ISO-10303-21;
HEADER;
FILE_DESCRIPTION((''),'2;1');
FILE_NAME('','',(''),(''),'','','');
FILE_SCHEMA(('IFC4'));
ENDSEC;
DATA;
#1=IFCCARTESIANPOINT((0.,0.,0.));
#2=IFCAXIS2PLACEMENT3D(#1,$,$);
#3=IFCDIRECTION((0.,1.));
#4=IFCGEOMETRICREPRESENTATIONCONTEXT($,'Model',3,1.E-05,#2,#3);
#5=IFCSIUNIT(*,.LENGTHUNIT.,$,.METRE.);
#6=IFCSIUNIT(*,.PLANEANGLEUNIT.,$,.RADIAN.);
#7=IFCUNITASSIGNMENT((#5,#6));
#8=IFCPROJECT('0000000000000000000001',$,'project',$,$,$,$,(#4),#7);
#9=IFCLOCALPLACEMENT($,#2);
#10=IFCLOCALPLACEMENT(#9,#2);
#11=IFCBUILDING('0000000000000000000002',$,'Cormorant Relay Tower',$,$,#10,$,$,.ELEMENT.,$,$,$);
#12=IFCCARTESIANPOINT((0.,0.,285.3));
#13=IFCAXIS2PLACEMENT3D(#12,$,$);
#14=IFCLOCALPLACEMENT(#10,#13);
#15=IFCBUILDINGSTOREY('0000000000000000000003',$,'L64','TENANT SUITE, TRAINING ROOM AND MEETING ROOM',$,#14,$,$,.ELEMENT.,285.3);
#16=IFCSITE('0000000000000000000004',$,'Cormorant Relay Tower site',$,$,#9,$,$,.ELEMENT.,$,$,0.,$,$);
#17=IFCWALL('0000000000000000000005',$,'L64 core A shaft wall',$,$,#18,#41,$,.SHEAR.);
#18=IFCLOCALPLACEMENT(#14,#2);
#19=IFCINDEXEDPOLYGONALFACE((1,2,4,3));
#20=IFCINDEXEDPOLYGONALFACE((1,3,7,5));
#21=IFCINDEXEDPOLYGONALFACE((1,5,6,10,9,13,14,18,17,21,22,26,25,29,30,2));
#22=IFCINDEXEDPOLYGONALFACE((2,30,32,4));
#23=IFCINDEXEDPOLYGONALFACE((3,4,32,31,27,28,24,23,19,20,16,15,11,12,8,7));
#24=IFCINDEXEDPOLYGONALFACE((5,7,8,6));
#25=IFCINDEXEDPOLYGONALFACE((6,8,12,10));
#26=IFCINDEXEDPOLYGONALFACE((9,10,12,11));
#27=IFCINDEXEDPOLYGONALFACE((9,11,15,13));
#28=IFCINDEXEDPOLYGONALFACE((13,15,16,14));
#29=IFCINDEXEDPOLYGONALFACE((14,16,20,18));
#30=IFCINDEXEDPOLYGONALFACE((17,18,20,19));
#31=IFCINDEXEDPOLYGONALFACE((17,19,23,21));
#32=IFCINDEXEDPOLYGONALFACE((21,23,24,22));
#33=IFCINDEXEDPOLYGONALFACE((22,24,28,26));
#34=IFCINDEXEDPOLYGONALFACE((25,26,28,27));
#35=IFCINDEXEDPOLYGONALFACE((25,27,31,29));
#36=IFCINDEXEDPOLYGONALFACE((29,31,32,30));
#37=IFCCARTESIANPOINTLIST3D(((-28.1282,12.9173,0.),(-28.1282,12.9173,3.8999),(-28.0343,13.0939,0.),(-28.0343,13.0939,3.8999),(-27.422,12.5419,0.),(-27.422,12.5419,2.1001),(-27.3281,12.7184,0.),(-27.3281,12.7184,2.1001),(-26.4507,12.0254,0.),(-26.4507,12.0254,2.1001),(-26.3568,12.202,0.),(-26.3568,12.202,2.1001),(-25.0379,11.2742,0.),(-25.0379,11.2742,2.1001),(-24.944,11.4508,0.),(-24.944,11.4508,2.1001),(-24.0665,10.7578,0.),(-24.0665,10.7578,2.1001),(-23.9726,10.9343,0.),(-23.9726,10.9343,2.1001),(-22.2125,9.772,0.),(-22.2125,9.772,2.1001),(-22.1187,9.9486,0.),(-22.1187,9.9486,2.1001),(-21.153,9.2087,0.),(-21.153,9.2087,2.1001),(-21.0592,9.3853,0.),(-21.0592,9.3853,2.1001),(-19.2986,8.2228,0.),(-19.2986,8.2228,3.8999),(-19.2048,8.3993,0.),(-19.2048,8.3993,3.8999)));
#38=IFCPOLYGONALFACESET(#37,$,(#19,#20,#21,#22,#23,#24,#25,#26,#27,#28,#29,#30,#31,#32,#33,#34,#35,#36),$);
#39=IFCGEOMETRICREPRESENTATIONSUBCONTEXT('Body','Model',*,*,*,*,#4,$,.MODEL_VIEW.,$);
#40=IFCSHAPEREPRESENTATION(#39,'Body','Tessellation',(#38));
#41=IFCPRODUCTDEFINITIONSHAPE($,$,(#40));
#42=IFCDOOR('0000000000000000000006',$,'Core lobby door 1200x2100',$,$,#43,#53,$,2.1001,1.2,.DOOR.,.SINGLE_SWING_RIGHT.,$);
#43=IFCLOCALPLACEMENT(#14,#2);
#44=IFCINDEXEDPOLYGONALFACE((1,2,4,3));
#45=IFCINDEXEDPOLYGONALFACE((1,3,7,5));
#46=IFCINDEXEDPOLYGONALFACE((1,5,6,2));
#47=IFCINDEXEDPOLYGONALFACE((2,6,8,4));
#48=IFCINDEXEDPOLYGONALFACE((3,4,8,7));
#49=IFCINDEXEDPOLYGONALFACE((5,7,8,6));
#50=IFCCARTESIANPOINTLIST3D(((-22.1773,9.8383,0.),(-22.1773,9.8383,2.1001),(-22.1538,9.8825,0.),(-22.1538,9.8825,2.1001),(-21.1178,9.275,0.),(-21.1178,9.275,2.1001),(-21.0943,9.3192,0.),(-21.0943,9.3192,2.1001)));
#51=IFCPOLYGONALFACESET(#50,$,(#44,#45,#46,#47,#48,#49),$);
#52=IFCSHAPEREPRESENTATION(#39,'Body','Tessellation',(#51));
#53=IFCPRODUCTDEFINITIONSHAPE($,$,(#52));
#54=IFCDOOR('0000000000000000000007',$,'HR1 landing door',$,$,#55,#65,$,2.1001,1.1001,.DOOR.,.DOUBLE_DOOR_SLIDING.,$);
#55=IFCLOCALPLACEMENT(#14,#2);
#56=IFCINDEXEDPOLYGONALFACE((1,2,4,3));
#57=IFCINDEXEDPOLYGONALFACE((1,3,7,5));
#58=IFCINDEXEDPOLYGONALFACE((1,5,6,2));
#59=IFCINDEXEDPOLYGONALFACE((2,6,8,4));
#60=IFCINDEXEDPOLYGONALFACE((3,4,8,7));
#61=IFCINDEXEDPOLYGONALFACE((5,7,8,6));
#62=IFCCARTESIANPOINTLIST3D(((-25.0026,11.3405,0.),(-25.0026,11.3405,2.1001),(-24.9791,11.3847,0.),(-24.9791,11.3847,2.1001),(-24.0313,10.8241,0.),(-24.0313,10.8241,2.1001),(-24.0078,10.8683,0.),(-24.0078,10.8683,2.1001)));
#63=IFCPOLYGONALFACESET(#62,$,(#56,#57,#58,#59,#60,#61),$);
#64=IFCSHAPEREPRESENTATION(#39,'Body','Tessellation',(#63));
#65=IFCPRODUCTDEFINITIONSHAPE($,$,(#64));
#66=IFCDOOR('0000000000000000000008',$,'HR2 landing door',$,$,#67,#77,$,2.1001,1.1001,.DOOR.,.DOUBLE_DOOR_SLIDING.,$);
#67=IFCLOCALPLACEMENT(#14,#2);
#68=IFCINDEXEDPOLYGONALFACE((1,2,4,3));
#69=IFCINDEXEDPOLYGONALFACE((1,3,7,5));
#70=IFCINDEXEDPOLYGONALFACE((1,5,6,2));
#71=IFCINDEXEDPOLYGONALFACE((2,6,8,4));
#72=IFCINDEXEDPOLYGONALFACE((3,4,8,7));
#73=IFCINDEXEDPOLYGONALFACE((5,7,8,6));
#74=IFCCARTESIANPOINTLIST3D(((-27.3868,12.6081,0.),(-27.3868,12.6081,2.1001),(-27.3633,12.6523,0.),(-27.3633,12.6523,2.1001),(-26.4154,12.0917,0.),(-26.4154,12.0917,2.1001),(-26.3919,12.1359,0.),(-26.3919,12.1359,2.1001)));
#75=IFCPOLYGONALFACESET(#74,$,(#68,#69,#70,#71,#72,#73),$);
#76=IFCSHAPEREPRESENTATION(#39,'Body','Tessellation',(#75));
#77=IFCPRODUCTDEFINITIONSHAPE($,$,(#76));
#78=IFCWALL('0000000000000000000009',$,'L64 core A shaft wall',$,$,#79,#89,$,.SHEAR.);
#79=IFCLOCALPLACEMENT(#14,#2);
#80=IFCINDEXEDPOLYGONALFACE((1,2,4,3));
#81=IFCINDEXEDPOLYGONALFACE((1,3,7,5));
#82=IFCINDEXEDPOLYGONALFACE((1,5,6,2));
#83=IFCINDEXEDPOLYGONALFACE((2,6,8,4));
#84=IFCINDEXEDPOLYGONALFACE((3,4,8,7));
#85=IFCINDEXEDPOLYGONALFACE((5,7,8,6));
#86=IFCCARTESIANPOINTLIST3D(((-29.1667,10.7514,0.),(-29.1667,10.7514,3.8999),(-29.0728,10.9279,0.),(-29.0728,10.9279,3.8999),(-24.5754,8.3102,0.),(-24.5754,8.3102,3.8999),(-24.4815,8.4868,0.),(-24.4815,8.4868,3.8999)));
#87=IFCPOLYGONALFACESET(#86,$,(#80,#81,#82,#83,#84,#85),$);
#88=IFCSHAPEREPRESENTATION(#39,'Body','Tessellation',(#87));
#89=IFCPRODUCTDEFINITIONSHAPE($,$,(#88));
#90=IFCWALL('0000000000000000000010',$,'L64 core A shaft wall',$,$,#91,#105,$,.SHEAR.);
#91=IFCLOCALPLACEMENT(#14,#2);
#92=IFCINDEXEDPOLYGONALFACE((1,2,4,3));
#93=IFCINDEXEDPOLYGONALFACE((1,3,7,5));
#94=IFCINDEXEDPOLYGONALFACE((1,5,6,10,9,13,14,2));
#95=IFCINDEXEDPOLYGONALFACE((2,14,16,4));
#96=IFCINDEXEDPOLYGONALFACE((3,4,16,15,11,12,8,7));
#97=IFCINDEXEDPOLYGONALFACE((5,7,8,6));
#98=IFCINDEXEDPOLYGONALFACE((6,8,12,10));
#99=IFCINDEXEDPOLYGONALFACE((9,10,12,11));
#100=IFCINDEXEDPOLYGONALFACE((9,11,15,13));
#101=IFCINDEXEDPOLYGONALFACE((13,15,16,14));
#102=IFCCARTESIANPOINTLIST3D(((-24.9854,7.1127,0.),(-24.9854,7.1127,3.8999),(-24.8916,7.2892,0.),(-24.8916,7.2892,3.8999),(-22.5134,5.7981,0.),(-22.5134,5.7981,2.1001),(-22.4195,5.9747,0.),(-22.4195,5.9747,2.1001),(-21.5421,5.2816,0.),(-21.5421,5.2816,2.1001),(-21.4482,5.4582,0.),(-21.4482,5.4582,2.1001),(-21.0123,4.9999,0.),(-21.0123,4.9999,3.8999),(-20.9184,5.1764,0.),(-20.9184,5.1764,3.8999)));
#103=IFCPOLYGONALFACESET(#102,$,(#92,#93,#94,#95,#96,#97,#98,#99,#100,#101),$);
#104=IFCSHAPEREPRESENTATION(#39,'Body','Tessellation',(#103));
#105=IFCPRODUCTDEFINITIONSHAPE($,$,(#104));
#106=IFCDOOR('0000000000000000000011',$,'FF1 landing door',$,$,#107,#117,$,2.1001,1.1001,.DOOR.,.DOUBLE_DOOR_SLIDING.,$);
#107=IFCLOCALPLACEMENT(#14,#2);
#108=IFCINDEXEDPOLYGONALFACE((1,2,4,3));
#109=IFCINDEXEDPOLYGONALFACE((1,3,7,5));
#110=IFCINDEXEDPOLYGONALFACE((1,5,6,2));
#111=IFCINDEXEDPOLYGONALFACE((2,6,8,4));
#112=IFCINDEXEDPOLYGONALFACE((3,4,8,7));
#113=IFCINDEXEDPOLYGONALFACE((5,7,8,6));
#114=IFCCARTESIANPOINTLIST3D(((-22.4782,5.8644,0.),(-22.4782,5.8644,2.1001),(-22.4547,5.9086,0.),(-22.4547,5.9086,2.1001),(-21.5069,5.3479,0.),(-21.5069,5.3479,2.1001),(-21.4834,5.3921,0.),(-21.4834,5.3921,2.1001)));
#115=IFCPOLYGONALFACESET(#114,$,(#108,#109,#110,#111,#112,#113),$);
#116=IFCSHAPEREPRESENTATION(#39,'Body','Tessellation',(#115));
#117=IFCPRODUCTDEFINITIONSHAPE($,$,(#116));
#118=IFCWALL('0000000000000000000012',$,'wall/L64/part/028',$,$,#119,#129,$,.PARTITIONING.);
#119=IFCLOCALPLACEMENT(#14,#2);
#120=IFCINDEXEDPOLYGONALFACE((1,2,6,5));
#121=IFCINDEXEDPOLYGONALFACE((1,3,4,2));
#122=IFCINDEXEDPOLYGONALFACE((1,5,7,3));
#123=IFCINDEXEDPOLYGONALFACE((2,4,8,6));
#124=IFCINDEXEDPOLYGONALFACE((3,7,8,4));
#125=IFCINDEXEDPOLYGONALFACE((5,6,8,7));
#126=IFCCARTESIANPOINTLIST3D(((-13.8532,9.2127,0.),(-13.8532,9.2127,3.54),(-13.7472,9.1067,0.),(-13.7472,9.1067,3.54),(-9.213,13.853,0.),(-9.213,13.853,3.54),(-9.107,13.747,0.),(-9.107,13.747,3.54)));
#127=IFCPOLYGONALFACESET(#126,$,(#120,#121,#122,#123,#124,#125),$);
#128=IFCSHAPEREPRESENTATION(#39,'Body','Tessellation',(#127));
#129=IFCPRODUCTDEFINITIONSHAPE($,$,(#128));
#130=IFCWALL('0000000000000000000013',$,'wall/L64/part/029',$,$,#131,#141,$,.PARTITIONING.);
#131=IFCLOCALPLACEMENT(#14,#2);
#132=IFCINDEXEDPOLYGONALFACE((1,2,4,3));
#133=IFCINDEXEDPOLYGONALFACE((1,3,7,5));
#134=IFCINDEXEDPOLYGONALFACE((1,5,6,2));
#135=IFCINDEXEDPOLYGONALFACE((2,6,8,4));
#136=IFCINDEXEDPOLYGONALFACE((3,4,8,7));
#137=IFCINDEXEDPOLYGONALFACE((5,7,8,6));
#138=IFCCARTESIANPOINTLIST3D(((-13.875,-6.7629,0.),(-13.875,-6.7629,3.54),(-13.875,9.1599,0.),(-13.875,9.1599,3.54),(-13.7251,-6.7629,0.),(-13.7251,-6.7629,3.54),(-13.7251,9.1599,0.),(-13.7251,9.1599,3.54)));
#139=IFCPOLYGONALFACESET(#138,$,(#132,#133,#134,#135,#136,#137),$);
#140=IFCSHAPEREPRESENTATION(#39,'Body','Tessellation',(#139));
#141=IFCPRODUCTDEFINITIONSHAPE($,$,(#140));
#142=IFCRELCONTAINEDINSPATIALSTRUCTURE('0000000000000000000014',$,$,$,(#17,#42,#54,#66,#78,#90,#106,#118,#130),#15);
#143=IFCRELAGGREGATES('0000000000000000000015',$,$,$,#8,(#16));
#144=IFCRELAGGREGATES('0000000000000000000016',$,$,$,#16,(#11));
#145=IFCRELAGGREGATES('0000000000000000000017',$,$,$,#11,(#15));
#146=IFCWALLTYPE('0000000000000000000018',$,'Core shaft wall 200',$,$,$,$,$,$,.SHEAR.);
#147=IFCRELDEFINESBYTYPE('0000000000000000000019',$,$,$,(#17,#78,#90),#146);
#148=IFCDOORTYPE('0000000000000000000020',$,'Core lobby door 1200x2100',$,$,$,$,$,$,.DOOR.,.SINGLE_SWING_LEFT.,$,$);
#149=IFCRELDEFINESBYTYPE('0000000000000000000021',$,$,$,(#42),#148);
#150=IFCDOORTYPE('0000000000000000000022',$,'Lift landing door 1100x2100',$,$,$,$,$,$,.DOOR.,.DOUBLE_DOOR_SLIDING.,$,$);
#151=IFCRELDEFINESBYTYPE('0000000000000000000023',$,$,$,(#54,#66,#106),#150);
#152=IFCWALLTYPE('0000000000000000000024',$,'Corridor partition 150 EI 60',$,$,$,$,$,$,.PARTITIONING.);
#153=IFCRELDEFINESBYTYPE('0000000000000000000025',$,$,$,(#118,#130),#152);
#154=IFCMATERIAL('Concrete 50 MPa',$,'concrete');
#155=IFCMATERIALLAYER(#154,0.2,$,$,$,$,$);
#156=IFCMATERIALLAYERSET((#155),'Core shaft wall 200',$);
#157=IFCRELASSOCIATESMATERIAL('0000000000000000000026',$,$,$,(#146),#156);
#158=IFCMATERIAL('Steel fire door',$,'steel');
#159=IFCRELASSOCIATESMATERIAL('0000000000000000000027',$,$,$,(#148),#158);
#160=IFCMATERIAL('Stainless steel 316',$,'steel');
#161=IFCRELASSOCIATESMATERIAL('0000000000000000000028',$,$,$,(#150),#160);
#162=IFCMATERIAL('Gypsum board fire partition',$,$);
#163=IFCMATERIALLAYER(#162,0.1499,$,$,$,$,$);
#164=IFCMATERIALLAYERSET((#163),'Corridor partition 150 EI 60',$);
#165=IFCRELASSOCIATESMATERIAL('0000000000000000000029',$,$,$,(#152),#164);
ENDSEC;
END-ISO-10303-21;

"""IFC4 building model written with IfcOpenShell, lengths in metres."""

from ifc_helpers import new_model, si_unit, direction, frame, frame_2d, origin, place, context, subcontext, project, spatial, rectangle, extrude, material, layer, layer_set, type_object, element, fill, save


model = new_model("IFC4")

# Units and contexts
model_context = context("Model", 3, precision=1e-05, world=origin(), true_north=direction((0.0, 1.0)))
body_context = subcontext(model_context, "Body", "Model", "MODEL_VIEW")
ifc_project = project(units=[si_unit("LENGTHUNIT", "METRE"), si_unit("PLANEANGLEUNIT", "RADIAN")], contexts=[model_context])

# Site, building, storey
site_placement = place(None, origin())
site = spatial("IfcSite", under=ifc_project, at=site_placement, Name="Cormorant Relay Tower site", CompositionType="ELEMENT", RefElevation=0.0)
building_placement = place(site_placement, origin())
building = spatial("IfcBuilding", under=site, at=building_placement, Name="Cormorant Relay Tower", CompositionType="ELEMENT")
storey_placement = place(building_placement, frame((0.0, 0.0, 285.3)))
storey = spatial("IfcBuildingStorey", under=building, at=storey_placement, Name="L64", Description="TENANT SUITE, TRAINING ROOM AND MEETING ROOM", CompositionType="ELEMENT", Elevation=285.3)

# Shared definitions
ifc_material_1 = material(Name="Concrete 50 MPa", Category="concrete")
ifc_layer_1 = layer(ifc_material_1, 0.2)
ifc_layer_set_1 = layer_set([ifc_layer_1], Name="Core shaft wall 200")
wall_type_1 = type_object("IfcWallType", Name="Core shaft wall 200", PredefinedType="SHEAR", material=ifc_layer_set_1)

# Wall, openings, doors
wall_1_placement = place(storey_placement, frame((-19.2517, 8.311, 0.0), z_axis=(0.0, 0.0, 1.0), x_axis=(-0.882956, 0.469456, 0.0)))
wall_1 = element("IfcWall", 1, at=wall_1_placement, inside=storey, type_object=wall_type_1, Name="L64 core A shaft wall", PredefinedType="SHEAR", context=body_context, shape_type="SweptSolid", body=[
    extrude(rectangle(XDim=10.0, YDim=0.2, at=frame_2d((5.0, 0.0))), origin(), (0.0, 0.0, 1.0), 3.8999),
])
opening_1_placement = place(wall_1_placement, frame((2.1001, 0.0, 0.0)))
opening_1 = element("IfcOpeningElement", 2, at=opening_1_placement, cuts=wall_1, PredefinedType="OPENING", context=body_context, shape_type="SweptSolid", body=[
    extrude(rectangle(XDim=1.2, YDim=2.1001, at=frame_2d((0.6001, 1.05))), frame((0.0, 0.1099, 0.0), z_axis=(0.0, -1.0, 0.0), x_axis=(1.0, 0.0, 0.0)), (0.0, 0.0, 1.0), 0.22),
])
opening_2_placement = place(wall_1_placement, frame((5.3999, 0.0, 0.0)))
opening_2 = element("IfcOpeningElement", 3, at=opening_2_placement, cuts=wall_1, PredefinedType="OPENING", context=body_context, shape_type="SweptSolid", body=[
    extrude(rectangle(XDim=1.1001, YDim=2.1001, at=frame_2d((0.55, 1.05))), frame((0.0, 0.1099, 0.0), z_axis=(0.0, -1.0, 0.0), x_axis=(1.0, 0.0, 0.0)), (0.0, 0.0, 1.0), 0.22),
])
opening_3_placement = place(wall_1_placement, frame((8.1001, 0.0, 0.0)))
opening_3 = element("IfcOpeningElement", 4, at=opening_3_placement, cuts=wall_1, PredefinedType="OPENING", context=body_context, shape_type="SweptSolid", body=[
    extrude(rectangle(XDim=1.1001, YDim=2.1001, at=frame_2d((0.55, 1.05))), frame((0.0, 0.1099, 0.0), z_axis=(0.0, -1.0, 0.0), x_axis=(1.0, 0.0, 0.0)), (0.0, 0.0, 1.0), 0.22),
])
ifc_material_2 = material(Name="Steel fire door", Category="steel")
door_type_1 = type_object("IfcDoorType", Name="Core lobby door 1200x2100", OperationType="SINGLE_SWING_LEFT", PredefinedType="DOOR", material=ifc_material_2)
door_1_placement = place(opening_1_placement, origin())
door_1 = element("IfcDoor", 5, at=door_1_placement, inside=storey, type_object=door_type_1, Name="Core lobby door 1200x2100", OperationType="SINGLE_SWING_RIGHT", OverallHeight=2.1001, OverallWidth=1.2, PredefinedType="DOOR", context=body_context, shape_type="SweptSolid", body=[
    extrude(rectangle(XDim=1.2, YDim=2.1001, at=frame_2d((0.6001, 1.05))), frame((0.0, 0.0249, 0.0), z_axis=(0.0, -1.0, 0.0), x_axis=(1.0, 0.0, 0.0)), (0.0, 0.0, 1.0), 0.05),
])
fill(opening_1, door_1)
ifc_material_3 = material(Name="Stainless steel 316", Category="steel")
door_type_2 = type_object("IfcDoorType", Name="Lift landing door 1100x2100", OperationType="DOUBLE_DOOR_SLIDING", PredefinedType="DOOR", material=ifc_material_3)
door_2_placement = place(opening_2_placement, origin())
door_2 = element("IfcDoor", 6, at=door_2_placement, inside=storey, type_object=door_type_2, Name="HR1 landing door", OperationType="DOUBLE_DOOR_SLIDING", OverallHeight=2.1001, OverallWidth=1.1001, PredefinedType="DOOR", context=body_context, shape_type="SweptSolid", body=[
    extrude(rectangle(XDim=1.1001, YDim=2.1001, at=frame_2d((0.55, 1.05))), frame((0.0, 0.0249, 0.0), z_axis=(0.0, -1.0, 0.0), x_axis=(1.0, 0.0, 0.0)), (0.0, 0.0, 1.0), 0.05),
])
fill(opening_2, door_2)
door_3_placement = place(opening_3_placement, origin())
door_3 = element("IfcDoor", 7, at=door_3_placement, inside=storey, type_object=door_type_2, Name="HR2 landing door", OperationType="DOUBLE_DOOR_SLIDING", OverallHeight=2.1001, OverallWidth=1.1001, PredefinedType="DOOR", context=body_context, shape_type="SweptSolid", body=[
    extrude(rectangle(XDim=1.1001, YDim=2.1001, at=frame_2d((0.55, 1.05))), frame((0.0, 0.0249, 0.0), z_axis=(0.0, -1.0, 0.0), x_axis=(1.0, 0.0, 0.0)), (0.0, 0.0, 1.0), 0.05),
])
fill(opening_3, door_3)

# Wall
wall_2_placement = place(storey_placement, frame((-24.5283, 8.3984, 0.0), z_axis=(0.0, 0.0, 1.0), x_axis=(-0.882954, 0.46946, 0.0)))
element("IfcWall", 8, at=wall_2_placement, inside=storey, type_object=wall_type_1, Name="L64 core A shaft wall", PredefinedType="SHEAR", context=body_context, shape_type="SweptSolid", body=[
    extrude(rectangle(XDim=5.2, YDim=0.2, at=frame_2d((2.6001, 0.0))), origin(), (0.0, 0.0, 1.0), 3.8999),
])

# Wall, opening, door
wall_3_placement = place(storey_placement, frame((-20.9653, 5.0881, 0.0), z_axis=(0.0, 0.0, 1.0), x_axis=(-0.882926, 0.469512, 0.0)))
wall_3 = element("IfcWall", 9, at=wall_3_placement, inside=storey, type_object=wall_type_1, Name="L64 core A shaft wall", PredefinedType="SHEAR", context=body_context, shape_type="SweptSolid", body=[
    extrude(rectangle(XDim=4.5, YDim=0.2, at=frame_2d((2.25, 0.0))), origin(), (0.0, 0.0, 1.0), 3.8999),
])
opening_4_placement = place(wall_3_placement, frame((0.6001, 0.0, 0.0)))
opening_4 = element("IfcOpeningElement", 10, at=opening_4_placement, cuts=wall_3, PredefinedType="OPENING", context=body_context, shape_type="SweptSolid", body=[
    extrude(rectangle(XDim=1.1001, YDim=2.1001, at=frame_2d((0.55, 1.05))), frame((0.0, 0.1099, 0.0), z_axis=(0.0, -1.0, 0.0), x_axis=(1.0, 0.0, 0.0)), (0.0, 0.0, 1.0), 0.22),
])
door_4_placement = place(opening_4_placement, origin())
door_4 = element("IfcDoor", 11, at=door_4_placement, inside=storey, type_object=door_type_2, Name="FF1 landing door", OperationType="DOUBLE_DOOR_SLIDING", OverallHeight=2.1001, OverallWidth=1.1001, PredefinedType="DOOR", context=body_context, shape_type="SweptSolid", body=[
    extrude(rectangle(XDim=1.1001, YDim=2.1001, at=frame_2d((0.55, 1.05))), frame((0.0, 0.0249, 0.0), z_axis=(0.0, -1.0, 0.0), x_axis=(1.0, 0.0, 0.0)), (0.0, 0.0, 1.0), 0.05),
])
fill(opening_4, door_4)

# Walls
ifc_material_4 = material(Name="Gypsum board fire partition")
ifc_layer_2 = layer(ifc_material_4, 0.1499)
ifc_layer_set_2 = layer_set([ifc_layer_2], Name="Corridor partition 150 EI 60")
wall_type_2 = type_object("IfcWallType", Name="Corridor partition 150 EI 60", PredefinedType="PARTITIONING", material=ifc_layer_set_2)
wall_4_placement = place(storey_placement, frame((-9.1599, 13.8, 0.0), z_axis=(0.0, 0.0, 1.0), x_axis=(-0.707107, -0.707107, 0.0)))
element("IfcWall", 12, at=wall_4_placement, inside=storey, type_object=wall_type_2, Name="wall/L64/part/028", PredefinedType="PARTITIONING", context=body_context, shape_type="SweptSolid", body=[
    extrude(rectangle(XDim=6.5623, YDim=0.1499, at=frame_2d((3.2812, 0.0))), origin(), (0.0, 0.0, 1.0), 3.54),
])
wall_5_placement = place(storey_placement, frame((-13.8, 9.1599, 0.0), z_axis=(0.0, 0.0, 1.0), x_axis=(0.0, -1.0, 0.0)))
element("IfcWall", 13, at=wall_5_placement, inside=storey, type_object=wall_type_2, Name="wall/L64/part/029", PredefinedType="PARTITIONING", context=body_context, shape_type="SweptSolid", body=[
    extrude(rectangle(XDim=15.9229, YDim=0.1499, at=frame_2d((7.9614, 0.0))), origin(), (0.0, 0.0, 1.0), 3.54),
])

save(model, "model.ifc")
